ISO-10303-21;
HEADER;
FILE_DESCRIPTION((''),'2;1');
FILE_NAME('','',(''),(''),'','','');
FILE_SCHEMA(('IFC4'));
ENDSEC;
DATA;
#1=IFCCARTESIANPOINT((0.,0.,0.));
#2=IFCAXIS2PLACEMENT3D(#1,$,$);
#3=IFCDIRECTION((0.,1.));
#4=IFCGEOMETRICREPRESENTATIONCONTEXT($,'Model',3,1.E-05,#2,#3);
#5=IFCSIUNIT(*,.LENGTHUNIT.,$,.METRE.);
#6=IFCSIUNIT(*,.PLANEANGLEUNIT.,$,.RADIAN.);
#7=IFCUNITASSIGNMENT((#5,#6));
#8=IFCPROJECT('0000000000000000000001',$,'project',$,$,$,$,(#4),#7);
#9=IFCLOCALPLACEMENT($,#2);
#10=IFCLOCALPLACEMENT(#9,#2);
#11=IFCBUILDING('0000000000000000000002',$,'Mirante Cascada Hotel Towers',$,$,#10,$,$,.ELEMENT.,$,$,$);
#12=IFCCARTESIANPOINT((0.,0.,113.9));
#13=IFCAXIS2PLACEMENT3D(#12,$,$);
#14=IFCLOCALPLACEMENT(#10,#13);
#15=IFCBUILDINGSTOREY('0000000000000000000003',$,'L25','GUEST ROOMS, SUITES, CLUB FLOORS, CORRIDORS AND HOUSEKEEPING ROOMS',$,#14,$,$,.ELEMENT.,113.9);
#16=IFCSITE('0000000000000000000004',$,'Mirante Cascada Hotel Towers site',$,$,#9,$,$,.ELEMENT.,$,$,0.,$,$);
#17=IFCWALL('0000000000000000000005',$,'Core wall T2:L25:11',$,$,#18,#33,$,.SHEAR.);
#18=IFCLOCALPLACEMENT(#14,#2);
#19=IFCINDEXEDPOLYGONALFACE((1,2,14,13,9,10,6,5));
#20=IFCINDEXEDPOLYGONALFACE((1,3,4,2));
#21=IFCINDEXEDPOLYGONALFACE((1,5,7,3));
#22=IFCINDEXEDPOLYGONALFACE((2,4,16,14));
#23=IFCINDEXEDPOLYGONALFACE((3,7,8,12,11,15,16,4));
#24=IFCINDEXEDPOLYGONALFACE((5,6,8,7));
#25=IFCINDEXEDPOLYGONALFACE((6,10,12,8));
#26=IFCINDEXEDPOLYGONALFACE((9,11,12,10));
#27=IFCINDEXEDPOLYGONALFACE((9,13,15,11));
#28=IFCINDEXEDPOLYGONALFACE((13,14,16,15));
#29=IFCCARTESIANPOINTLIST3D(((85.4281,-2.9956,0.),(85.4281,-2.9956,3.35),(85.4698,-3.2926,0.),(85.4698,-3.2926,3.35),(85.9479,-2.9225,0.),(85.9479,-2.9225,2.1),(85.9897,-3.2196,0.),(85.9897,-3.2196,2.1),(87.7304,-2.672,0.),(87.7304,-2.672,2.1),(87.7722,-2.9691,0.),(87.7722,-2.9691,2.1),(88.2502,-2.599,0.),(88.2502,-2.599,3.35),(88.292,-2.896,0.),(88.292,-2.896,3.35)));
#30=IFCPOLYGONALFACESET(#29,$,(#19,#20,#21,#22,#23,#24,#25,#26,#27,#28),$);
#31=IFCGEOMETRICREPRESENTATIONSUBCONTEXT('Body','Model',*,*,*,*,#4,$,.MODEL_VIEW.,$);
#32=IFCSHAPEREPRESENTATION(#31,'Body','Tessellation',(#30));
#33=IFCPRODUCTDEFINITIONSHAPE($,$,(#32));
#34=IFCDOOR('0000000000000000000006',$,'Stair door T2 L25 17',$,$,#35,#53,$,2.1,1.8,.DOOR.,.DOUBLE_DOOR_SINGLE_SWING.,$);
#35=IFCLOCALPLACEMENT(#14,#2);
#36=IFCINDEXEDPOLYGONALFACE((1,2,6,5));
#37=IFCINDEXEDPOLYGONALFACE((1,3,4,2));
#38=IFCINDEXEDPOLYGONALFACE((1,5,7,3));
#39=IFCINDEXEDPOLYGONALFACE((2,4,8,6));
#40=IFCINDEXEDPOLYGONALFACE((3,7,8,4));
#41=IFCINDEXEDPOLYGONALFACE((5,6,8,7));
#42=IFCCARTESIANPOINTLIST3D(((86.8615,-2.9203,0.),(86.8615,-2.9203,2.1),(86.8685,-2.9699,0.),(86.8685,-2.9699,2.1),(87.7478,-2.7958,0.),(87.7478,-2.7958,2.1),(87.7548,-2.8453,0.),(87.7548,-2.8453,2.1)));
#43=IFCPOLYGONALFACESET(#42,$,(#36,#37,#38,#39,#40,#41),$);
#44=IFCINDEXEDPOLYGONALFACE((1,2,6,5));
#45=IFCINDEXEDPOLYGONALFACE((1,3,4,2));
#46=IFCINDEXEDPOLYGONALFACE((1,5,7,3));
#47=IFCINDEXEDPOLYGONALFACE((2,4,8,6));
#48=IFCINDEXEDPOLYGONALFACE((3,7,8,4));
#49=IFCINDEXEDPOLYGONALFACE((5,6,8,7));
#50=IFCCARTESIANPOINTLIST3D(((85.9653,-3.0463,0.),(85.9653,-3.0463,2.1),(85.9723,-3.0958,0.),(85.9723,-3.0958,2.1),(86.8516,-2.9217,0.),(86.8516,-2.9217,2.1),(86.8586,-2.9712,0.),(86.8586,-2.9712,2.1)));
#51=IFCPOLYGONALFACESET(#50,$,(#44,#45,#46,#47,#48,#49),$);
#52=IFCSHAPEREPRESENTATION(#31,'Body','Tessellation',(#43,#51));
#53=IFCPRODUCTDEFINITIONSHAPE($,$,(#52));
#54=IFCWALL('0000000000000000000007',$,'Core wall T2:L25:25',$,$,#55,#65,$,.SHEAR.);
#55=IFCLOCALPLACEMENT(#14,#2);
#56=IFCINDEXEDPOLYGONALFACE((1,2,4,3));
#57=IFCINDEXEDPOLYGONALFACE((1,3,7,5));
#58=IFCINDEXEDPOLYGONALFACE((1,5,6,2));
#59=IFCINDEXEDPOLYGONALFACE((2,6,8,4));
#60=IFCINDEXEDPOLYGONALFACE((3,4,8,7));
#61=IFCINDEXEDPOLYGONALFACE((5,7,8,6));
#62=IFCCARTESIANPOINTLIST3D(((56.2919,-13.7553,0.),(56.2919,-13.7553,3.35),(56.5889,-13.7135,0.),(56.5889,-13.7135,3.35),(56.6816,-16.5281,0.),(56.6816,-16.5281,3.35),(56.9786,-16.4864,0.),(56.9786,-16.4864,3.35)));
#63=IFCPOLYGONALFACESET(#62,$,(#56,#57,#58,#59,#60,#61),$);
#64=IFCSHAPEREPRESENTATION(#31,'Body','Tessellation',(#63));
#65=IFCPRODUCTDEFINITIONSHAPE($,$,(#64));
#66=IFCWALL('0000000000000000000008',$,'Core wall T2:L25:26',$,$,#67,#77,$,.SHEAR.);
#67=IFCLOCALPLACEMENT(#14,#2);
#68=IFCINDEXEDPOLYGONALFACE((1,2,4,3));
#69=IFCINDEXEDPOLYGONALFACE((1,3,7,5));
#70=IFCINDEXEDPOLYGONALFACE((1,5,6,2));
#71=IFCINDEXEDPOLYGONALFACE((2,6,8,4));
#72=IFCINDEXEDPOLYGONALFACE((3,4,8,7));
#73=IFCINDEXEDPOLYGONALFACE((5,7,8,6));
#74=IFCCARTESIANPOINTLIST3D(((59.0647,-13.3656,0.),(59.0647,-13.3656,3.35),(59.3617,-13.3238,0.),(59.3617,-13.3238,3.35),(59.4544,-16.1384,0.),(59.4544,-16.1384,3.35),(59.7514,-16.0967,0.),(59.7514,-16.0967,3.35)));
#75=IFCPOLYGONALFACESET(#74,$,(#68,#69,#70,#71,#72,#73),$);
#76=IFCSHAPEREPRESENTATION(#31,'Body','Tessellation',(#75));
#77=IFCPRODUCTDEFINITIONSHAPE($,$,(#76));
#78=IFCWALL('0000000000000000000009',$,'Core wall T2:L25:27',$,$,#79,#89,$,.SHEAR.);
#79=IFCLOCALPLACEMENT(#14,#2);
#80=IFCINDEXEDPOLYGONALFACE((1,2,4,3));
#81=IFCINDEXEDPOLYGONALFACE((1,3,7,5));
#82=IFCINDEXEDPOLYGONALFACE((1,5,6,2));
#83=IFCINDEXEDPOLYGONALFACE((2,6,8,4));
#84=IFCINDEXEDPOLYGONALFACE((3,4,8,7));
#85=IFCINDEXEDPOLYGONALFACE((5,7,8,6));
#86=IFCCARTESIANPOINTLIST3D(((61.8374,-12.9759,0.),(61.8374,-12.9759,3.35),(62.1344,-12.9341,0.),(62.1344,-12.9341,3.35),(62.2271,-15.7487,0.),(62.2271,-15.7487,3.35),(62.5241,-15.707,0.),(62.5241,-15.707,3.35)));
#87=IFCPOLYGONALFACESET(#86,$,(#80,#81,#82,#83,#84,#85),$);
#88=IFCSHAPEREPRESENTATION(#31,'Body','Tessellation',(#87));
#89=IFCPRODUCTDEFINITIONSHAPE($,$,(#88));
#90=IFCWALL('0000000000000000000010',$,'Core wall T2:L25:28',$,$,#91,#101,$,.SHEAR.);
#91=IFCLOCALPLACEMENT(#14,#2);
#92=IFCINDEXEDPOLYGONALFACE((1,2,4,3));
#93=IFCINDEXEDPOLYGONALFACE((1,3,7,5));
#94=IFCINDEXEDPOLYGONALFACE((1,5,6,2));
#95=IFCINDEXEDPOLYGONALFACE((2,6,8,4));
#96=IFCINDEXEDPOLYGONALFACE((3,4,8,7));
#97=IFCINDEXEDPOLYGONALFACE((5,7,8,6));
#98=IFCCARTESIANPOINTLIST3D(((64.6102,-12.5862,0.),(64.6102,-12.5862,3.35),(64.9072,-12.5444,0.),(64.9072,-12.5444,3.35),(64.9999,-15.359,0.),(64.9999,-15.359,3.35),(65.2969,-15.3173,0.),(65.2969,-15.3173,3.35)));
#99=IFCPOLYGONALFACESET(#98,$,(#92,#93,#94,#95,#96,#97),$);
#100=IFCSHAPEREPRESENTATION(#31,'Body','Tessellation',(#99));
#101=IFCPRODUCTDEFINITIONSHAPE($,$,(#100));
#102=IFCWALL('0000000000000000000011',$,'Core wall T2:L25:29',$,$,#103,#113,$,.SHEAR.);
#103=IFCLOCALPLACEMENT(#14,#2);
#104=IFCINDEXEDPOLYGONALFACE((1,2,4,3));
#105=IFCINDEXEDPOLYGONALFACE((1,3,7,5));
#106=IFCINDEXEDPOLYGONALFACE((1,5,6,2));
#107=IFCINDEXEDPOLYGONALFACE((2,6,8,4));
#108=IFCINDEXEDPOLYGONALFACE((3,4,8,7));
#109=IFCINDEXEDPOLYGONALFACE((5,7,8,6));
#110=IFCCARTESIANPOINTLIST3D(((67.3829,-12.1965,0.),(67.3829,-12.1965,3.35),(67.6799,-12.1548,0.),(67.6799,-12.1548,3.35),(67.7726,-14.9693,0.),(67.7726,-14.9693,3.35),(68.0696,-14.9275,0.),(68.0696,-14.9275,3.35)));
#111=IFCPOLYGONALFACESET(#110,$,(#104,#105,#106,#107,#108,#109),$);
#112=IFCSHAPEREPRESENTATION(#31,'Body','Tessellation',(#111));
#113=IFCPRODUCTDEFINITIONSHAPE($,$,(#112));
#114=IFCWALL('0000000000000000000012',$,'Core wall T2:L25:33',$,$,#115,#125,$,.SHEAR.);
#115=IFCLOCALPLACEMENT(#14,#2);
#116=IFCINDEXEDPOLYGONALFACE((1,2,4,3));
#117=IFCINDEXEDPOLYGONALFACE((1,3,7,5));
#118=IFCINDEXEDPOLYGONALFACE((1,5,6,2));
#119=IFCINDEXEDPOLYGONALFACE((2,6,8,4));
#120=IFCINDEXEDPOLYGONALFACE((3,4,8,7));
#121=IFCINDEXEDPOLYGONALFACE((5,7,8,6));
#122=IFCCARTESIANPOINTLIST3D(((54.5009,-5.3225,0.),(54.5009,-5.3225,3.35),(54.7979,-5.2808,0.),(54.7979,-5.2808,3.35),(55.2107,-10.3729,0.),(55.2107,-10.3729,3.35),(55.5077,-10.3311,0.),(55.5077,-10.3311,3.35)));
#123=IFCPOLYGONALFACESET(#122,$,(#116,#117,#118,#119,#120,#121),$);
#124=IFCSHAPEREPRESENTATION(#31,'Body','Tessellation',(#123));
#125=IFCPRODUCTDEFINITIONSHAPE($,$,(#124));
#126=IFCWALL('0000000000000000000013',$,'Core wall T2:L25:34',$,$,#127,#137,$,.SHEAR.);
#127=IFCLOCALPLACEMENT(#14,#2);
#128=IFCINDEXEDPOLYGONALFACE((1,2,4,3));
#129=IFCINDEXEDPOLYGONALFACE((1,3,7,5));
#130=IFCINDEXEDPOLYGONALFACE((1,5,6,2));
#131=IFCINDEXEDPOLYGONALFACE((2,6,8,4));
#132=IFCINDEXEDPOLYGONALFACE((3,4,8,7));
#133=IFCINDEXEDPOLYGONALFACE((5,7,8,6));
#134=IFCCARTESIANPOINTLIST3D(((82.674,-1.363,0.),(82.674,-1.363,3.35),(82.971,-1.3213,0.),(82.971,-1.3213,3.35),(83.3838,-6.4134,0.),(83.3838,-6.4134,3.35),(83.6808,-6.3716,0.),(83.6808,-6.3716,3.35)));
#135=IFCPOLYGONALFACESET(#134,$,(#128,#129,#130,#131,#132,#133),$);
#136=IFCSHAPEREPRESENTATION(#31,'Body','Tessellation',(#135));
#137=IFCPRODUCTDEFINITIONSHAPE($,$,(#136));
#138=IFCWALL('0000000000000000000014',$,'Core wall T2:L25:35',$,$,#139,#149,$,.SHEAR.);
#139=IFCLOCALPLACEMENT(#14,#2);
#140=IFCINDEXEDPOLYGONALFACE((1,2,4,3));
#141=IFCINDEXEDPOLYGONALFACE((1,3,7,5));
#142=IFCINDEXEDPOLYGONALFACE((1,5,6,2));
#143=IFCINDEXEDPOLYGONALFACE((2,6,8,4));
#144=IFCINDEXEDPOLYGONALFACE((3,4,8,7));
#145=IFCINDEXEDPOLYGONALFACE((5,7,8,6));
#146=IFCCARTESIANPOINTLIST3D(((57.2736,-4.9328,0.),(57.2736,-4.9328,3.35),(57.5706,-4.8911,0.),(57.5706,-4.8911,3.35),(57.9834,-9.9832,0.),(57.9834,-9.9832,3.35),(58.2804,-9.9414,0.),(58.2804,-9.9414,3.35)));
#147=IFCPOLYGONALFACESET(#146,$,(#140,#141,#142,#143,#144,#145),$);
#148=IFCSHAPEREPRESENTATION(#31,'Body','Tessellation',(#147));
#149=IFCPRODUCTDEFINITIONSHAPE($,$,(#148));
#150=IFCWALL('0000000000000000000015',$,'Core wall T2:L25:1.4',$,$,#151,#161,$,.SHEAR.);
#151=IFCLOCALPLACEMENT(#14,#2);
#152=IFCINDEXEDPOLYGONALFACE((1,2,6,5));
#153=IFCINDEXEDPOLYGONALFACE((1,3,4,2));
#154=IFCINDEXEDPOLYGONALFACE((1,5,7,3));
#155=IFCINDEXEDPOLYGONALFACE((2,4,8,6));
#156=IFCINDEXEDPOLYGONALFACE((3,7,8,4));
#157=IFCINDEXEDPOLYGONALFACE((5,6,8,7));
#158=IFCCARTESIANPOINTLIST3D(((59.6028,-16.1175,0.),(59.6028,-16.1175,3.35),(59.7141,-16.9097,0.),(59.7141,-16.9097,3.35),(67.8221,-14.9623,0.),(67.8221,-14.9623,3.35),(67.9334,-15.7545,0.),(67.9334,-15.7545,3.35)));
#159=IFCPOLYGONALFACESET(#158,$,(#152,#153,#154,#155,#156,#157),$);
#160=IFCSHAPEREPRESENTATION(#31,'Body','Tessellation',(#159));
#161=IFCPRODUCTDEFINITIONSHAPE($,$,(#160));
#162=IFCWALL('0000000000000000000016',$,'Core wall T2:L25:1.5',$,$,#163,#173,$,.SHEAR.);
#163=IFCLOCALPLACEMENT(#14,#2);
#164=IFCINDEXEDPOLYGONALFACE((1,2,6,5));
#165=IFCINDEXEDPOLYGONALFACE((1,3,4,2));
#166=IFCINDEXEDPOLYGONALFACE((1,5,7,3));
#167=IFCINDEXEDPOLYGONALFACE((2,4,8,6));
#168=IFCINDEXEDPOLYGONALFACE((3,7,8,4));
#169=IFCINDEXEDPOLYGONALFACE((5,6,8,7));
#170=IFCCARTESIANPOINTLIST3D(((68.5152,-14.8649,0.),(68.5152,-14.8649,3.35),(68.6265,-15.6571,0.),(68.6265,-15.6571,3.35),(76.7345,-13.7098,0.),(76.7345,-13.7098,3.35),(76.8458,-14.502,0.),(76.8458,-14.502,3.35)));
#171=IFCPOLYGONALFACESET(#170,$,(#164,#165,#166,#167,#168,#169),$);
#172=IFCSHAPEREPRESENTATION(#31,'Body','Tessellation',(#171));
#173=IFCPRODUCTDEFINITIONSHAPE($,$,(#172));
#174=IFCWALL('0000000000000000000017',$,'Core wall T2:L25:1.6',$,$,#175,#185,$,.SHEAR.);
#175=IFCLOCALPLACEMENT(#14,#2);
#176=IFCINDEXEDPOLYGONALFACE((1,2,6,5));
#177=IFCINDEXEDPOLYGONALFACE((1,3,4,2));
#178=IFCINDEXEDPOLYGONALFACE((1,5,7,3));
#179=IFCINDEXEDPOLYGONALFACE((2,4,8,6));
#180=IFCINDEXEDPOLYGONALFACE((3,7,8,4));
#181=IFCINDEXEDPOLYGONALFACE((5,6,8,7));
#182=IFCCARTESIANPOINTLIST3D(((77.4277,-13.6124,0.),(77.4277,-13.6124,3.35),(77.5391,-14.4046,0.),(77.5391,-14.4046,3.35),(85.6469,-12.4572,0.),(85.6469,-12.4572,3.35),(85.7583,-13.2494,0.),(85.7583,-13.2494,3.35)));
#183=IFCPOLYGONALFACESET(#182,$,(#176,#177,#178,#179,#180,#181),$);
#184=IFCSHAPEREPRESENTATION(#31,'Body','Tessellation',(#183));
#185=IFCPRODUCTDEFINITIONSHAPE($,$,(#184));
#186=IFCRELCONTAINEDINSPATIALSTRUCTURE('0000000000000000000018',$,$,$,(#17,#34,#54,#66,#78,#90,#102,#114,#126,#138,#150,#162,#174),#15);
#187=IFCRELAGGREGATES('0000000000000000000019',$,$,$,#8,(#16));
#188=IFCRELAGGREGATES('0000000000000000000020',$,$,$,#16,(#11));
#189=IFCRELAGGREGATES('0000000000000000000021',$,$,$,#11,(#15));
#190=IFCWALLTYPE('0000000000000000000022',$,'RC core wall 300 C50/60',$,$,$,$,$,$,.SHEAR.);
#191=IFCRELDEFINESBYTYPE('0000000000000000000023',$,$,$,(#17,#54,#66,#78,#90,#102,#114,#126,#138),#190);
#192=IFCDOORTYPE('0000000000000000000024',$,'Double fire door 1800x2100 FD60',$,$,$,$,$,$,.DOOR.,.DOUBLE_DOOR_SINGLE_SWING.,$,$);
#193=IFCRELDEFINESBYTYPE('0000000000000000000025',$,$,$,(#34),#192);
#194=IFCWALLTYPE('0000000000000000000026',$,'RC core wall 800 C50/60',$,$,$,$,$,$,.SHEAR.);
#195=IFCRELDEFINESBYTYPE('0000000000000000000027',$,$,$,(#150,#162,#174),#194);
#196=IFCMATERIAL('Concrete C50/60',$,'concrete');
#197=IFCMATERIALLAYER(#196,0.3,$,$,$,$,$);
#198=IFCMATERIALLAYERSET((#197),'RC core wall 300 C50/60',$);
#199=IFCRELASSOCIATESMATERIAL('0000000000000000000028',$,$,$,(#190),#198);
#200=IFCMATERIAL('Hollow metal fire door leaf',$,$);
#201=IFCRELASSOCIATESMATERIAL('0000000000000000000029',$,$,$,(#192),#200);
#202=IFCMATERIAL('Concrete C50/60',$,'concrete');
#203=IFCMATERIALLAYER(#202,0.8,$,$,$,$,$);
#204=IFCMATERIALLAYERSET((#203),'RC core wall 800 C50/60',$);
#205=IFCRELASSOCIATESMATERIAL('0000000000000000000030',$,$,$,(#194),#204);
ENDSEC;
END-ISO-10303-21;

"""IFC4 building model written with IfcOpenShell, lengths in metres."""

from ifc_helpers import new_model, si_unit, direction, frame, frame_2d, origin, place, context, subcontext, project, spatial, rectangle, extrude, material, layer, layer_set, type_object, element, fill, save


model = new_model("IFC4")

# Units and contexts
model_context = context("Model", 3, precision=1e-05, world=origin(), true_north=direction((0.0, 1.0)))
body_context = subcontext(model_context, "Body", "Model", "MODEL_VIEW")
ifc_project = project(units=[si_unit("LENGTHUNIT", "METRE"), si_unit("PLANEANGLEUNIT", "RADIAN")], contexts=[model_context])

# Site, building, storey
site_placement = place(None, origin())
site = spatial("IfcSite", under=ifc_project, at=site_placement, Name="Mirante Cascada Hotel Towers site", CompositionType="ELEMENT", RefElevation=0.0)
building_placement = place(site_placement, origin())
building = spatial("IfcBuilding", under=site, at=building_placement, Name="Mirante Cascada Hotel Towers", CompositionType="ELEMENT")
storey_placement = place(building_placement, frame((0.0, 0.0, 113.9)))
storey = spatial("IfcBuildingStorey", under=building, at=storey_placement, Name="L25", Description="GUEST ROOMS, SUITES, CLUB FLOORS, CORRIDORS AND HOUSEKEEPING ROOMS", CompositionType="ELEMENT", Elevation=113.9)

# Wall, opening, door
ifc_material_1 = material(Name="Concrete C50/60", Category="concrete")
ifc_layer_1 = layer(ifc_material_1, 0.3)
ifc_layer_set_1 = layer_set([ifc_layer_1], Name="RC core wall 300 C50/60")
wall_type_1 = type_object("IfcWallType", Name="RC core wall 300 C50/60", PredefinedType="SHEAR", material=ifc_layer_set_1)
wall_1_placement = place(storey_placement, frame((85.4489, -3.1441, 0.0), z_axis=(0.0, 0.0, 1.0), x_axis=(0.99027, 0.139161, 0.0)))
wall_1 = element("IfcWall", 1, at=wall_1_placement, inside=storey, type_object=wall_type_1, Name="Core wall T2:L25:11", PredefinedType="SHEAR", context=body_context, shape_type="SweptSolid", body=[
    extrude(rectangle(XDim=2.8499, YDim=0.3, at=frame_2d((1.425, 0.0))), origin(), (0.0, 0.0, 1.0), 3.35),
])
opening_placement = place(wall_1_placement, frame((0.525, 0.0, 0.0)))
opening = element("IfcOpeningElement", 2, at=opening_placement, cuts=wall_1, PredefinedType="OPENING", context=body_context, shape_type="SweptSolid", body=[
    extrude(rectangle(XDim=1.8, YDim=2.1, at=frame_2d((0.9, 1.05))), frame((0.0, 0.15, 0.0), z_axis=(0.0, -1.0, 0.0), x_axis=(1.0, 0.0, 0.0)), (0.0, 0.0, 1.0), 0.3),
])
ifc_material_2 = material(Name="Hollow metal fire door leaf")
door_type = type_object("IfcDoorType", Name="Double fire door 1800x2100 FD60", OperationType="DOUBLE_DOOR_SINGLE_SWING", PredefinedType="DOOR", material=ifc_material_2)
door_placement = place(opening_placement, frame((1.8, 0.0, 0.0), z_axis=(0.0, 0.0, 1.0), x_axis=(-1.0, 0.0, 0.0)))
door = element("IfcDoor", 3, at=door_placement, inside=storey, type_object=door_type, Name="Stair door T2 L25 17", OperationType="DOUBLE_DOOR_SINGLE_SWING", OverallHeight=2.1, OverallWidth=1.8, PredefinedType="DOOR", context=body_context, shape_type="SweptSolid", body=[
    extrude(rectangle(XDim=0.895, YDim=2.1, at=frame_2d((0.4475, 1.05))), frame((0.0, 0.025, 0.0), z_axis=(0.0, -1.0, 0.0), x_axis=(1.0, 0.0, 0.0)), (0.0, 0.0, 1.0), 0.05),
    extrude(rectangle(XDim=0.895, YDim=2.1, at=frame_2d((1.3525, 1.05))), frame((0.0, 0.025, 0.0), z_axis=(0.0, -1.0, 0.0), x_axis=(1.0, 0.0, 0.0)), (0.0, 0.0, 1.0), 0.05),
])
fill(opening, door)

# Walls
for number, where, z_axis, x_axis, name in (
    (4, (56.8301, -16.5072, 0.0), (0.0, 0.0, 1.0), (-0.139176, 0.990268, 0.0), "Core wall T2:L25:25"),
    (5, (59.6029, -16.1175, 0.0), (0.0, 0.0, 1.0), (-0.139176, 0.990268, 0.0), "Core wall T2:L25:26"),
    (6, (62.3756, -15.7278, 0.0), (0.0, 0.0, 1.0), (-0.139176, 0.990268, 0.0), "Core wall T2:L25:27"),
    (7, (65.1484, -15.3381, 0.0), (0.0, 0.0, 1.0), (-0.139176, 0.990268, 0.0), "Core wall T2:L25:28"),
):
    element("IfcWall", number, at=place(storey_placement, frame(where, z_axis=z_axis, x_axis=x_axis)), inside=storey, type_object=wall_type_1, Name=name, PredefinedType="SHEAR", context=body_context, shape_type="SweptSolid", body=[
        extrude(rectangle(XDim=2.8001, YDim=0.3, at=frame_2d((1.4, 0.0))), origin(), (0.0, 0.0, 1.0), 3.35),
    ])
wall_2_placement = place(storey_placement, frame((67.9211, -14.9484, 0.0), z_axis=(0.0, 0.0, 1.0), x_axis=(-0.139181, 0.990267, 0.0)))
element("IfcWall", 8, at=wall_2_placement, inside=storey, type_object=wall_type_1, Name="Core wall T2:L25:29", PredefinedType="SHEAR", context=body_context, shape_type="SweptSolid", body=[
    extrude(rectangle(XDim=2.8, YDim=0.3, at=frame_2d((1.4, 0.0))), origin(), (0.0, 0.0, 1.0), 3.35),
])
for number, where, z_axis, x_axis, name in (
    (9, (55.3592, -10.352, 0.0), (0.0, 0.0, 1.0), (-0.139176, 0.990268, 0.0), "Core wall T2:L25:33"),
    (10, (83.5323, -6.3925, 0.0), (0.0, 0.0, 1.0), (-0.139176, 0.990268, 0.0), "Core wall T2:L25:34"),
    (11, (58.1319, -9.9623, 0.0), (0.0, 0.0, 1.0), (-0.139176, 0.990268, 0.0), "Core wall T2:L25:35"),
):
    element("IfcWall", number, at=place(storey_placement, frame(where, z_axis=z_axis, x_axis=x_axis)), inside=storey, type_object=wall_type_1, Name=name, PredefinedType="SHEAR", context=body_context, shape_type="SweptSolid", body=[
        extrude(rectangle(XDim=5.1, YDim=0.3, at=frame_2d((2.55, 0.0))), origin(), (0.0, 0.0, 1.0), 3.35),
    ])
ifc_material_3 = material(Name="Concrete C50/60", Category="concrete")
ifc_layer_2 = layer(ifc_material_3, 0.8)
ifc_layer_set_2 = layer_set([ifc_layer_2], Name="RC core wall 800 C50/60")
wall_type_2 = type_object("IfcWallType", Name="RC core wall 800 C50/60", PredefinedType="SHEAR", material=ifc_layer_set_2)
for number, where, z_axis, x_axis, name in (
    (12, (59.6585, -16.5136, 0.0), (0.0, 0.0, 1.0), (0.990267, 0.139179, 0.0), "Core wall T2:L25:1.4"),
    (13, (68.5709, -15.261, 0.0), (0.0, 0.0, 1.0), (0.990269, 0.139167, 0.0), "Core wall T2:L25:1.5"),
):
    element("IfcWall", number, at=place(storey_placement, frame(where, z_axis=z_axis, x_axis=x_axis)), inside=storey, type_object=wall_type_2, Name=name, PredefinedType="SHEAR", context=body_context, shape_type="SweptSolid", body=[
        extrude(rectangle(XDim=8.3001, YDim=0.8, at=frame_2d((4.15, 0.0))), origin(), (0.0, 0.0, 1.0), 3.35),
    ])
wall_3_placement = place(storey_placement, frame((77.4834, -14.0085, 0.0), z_axis=(0.0, 0.0, 1.0), x_axis=(0.990267, 0.139181, 0.0)))
element("IfcWall", 14, at=wall_3_placement, inside=storey, type_object=wall_type_2, Name="Core wall T2:L25:1.6", PredefinedType="SHEAR", context=body_context, shape_type="SweptSolid", body=[
    extrude(rectangle(XDim=8.3, YDim=0.8, at=frame_2d((4.15, 0.0))), origin(), (0.0, 0.0, 1.0), 3.35),
])

save(model, "model.ifc")
